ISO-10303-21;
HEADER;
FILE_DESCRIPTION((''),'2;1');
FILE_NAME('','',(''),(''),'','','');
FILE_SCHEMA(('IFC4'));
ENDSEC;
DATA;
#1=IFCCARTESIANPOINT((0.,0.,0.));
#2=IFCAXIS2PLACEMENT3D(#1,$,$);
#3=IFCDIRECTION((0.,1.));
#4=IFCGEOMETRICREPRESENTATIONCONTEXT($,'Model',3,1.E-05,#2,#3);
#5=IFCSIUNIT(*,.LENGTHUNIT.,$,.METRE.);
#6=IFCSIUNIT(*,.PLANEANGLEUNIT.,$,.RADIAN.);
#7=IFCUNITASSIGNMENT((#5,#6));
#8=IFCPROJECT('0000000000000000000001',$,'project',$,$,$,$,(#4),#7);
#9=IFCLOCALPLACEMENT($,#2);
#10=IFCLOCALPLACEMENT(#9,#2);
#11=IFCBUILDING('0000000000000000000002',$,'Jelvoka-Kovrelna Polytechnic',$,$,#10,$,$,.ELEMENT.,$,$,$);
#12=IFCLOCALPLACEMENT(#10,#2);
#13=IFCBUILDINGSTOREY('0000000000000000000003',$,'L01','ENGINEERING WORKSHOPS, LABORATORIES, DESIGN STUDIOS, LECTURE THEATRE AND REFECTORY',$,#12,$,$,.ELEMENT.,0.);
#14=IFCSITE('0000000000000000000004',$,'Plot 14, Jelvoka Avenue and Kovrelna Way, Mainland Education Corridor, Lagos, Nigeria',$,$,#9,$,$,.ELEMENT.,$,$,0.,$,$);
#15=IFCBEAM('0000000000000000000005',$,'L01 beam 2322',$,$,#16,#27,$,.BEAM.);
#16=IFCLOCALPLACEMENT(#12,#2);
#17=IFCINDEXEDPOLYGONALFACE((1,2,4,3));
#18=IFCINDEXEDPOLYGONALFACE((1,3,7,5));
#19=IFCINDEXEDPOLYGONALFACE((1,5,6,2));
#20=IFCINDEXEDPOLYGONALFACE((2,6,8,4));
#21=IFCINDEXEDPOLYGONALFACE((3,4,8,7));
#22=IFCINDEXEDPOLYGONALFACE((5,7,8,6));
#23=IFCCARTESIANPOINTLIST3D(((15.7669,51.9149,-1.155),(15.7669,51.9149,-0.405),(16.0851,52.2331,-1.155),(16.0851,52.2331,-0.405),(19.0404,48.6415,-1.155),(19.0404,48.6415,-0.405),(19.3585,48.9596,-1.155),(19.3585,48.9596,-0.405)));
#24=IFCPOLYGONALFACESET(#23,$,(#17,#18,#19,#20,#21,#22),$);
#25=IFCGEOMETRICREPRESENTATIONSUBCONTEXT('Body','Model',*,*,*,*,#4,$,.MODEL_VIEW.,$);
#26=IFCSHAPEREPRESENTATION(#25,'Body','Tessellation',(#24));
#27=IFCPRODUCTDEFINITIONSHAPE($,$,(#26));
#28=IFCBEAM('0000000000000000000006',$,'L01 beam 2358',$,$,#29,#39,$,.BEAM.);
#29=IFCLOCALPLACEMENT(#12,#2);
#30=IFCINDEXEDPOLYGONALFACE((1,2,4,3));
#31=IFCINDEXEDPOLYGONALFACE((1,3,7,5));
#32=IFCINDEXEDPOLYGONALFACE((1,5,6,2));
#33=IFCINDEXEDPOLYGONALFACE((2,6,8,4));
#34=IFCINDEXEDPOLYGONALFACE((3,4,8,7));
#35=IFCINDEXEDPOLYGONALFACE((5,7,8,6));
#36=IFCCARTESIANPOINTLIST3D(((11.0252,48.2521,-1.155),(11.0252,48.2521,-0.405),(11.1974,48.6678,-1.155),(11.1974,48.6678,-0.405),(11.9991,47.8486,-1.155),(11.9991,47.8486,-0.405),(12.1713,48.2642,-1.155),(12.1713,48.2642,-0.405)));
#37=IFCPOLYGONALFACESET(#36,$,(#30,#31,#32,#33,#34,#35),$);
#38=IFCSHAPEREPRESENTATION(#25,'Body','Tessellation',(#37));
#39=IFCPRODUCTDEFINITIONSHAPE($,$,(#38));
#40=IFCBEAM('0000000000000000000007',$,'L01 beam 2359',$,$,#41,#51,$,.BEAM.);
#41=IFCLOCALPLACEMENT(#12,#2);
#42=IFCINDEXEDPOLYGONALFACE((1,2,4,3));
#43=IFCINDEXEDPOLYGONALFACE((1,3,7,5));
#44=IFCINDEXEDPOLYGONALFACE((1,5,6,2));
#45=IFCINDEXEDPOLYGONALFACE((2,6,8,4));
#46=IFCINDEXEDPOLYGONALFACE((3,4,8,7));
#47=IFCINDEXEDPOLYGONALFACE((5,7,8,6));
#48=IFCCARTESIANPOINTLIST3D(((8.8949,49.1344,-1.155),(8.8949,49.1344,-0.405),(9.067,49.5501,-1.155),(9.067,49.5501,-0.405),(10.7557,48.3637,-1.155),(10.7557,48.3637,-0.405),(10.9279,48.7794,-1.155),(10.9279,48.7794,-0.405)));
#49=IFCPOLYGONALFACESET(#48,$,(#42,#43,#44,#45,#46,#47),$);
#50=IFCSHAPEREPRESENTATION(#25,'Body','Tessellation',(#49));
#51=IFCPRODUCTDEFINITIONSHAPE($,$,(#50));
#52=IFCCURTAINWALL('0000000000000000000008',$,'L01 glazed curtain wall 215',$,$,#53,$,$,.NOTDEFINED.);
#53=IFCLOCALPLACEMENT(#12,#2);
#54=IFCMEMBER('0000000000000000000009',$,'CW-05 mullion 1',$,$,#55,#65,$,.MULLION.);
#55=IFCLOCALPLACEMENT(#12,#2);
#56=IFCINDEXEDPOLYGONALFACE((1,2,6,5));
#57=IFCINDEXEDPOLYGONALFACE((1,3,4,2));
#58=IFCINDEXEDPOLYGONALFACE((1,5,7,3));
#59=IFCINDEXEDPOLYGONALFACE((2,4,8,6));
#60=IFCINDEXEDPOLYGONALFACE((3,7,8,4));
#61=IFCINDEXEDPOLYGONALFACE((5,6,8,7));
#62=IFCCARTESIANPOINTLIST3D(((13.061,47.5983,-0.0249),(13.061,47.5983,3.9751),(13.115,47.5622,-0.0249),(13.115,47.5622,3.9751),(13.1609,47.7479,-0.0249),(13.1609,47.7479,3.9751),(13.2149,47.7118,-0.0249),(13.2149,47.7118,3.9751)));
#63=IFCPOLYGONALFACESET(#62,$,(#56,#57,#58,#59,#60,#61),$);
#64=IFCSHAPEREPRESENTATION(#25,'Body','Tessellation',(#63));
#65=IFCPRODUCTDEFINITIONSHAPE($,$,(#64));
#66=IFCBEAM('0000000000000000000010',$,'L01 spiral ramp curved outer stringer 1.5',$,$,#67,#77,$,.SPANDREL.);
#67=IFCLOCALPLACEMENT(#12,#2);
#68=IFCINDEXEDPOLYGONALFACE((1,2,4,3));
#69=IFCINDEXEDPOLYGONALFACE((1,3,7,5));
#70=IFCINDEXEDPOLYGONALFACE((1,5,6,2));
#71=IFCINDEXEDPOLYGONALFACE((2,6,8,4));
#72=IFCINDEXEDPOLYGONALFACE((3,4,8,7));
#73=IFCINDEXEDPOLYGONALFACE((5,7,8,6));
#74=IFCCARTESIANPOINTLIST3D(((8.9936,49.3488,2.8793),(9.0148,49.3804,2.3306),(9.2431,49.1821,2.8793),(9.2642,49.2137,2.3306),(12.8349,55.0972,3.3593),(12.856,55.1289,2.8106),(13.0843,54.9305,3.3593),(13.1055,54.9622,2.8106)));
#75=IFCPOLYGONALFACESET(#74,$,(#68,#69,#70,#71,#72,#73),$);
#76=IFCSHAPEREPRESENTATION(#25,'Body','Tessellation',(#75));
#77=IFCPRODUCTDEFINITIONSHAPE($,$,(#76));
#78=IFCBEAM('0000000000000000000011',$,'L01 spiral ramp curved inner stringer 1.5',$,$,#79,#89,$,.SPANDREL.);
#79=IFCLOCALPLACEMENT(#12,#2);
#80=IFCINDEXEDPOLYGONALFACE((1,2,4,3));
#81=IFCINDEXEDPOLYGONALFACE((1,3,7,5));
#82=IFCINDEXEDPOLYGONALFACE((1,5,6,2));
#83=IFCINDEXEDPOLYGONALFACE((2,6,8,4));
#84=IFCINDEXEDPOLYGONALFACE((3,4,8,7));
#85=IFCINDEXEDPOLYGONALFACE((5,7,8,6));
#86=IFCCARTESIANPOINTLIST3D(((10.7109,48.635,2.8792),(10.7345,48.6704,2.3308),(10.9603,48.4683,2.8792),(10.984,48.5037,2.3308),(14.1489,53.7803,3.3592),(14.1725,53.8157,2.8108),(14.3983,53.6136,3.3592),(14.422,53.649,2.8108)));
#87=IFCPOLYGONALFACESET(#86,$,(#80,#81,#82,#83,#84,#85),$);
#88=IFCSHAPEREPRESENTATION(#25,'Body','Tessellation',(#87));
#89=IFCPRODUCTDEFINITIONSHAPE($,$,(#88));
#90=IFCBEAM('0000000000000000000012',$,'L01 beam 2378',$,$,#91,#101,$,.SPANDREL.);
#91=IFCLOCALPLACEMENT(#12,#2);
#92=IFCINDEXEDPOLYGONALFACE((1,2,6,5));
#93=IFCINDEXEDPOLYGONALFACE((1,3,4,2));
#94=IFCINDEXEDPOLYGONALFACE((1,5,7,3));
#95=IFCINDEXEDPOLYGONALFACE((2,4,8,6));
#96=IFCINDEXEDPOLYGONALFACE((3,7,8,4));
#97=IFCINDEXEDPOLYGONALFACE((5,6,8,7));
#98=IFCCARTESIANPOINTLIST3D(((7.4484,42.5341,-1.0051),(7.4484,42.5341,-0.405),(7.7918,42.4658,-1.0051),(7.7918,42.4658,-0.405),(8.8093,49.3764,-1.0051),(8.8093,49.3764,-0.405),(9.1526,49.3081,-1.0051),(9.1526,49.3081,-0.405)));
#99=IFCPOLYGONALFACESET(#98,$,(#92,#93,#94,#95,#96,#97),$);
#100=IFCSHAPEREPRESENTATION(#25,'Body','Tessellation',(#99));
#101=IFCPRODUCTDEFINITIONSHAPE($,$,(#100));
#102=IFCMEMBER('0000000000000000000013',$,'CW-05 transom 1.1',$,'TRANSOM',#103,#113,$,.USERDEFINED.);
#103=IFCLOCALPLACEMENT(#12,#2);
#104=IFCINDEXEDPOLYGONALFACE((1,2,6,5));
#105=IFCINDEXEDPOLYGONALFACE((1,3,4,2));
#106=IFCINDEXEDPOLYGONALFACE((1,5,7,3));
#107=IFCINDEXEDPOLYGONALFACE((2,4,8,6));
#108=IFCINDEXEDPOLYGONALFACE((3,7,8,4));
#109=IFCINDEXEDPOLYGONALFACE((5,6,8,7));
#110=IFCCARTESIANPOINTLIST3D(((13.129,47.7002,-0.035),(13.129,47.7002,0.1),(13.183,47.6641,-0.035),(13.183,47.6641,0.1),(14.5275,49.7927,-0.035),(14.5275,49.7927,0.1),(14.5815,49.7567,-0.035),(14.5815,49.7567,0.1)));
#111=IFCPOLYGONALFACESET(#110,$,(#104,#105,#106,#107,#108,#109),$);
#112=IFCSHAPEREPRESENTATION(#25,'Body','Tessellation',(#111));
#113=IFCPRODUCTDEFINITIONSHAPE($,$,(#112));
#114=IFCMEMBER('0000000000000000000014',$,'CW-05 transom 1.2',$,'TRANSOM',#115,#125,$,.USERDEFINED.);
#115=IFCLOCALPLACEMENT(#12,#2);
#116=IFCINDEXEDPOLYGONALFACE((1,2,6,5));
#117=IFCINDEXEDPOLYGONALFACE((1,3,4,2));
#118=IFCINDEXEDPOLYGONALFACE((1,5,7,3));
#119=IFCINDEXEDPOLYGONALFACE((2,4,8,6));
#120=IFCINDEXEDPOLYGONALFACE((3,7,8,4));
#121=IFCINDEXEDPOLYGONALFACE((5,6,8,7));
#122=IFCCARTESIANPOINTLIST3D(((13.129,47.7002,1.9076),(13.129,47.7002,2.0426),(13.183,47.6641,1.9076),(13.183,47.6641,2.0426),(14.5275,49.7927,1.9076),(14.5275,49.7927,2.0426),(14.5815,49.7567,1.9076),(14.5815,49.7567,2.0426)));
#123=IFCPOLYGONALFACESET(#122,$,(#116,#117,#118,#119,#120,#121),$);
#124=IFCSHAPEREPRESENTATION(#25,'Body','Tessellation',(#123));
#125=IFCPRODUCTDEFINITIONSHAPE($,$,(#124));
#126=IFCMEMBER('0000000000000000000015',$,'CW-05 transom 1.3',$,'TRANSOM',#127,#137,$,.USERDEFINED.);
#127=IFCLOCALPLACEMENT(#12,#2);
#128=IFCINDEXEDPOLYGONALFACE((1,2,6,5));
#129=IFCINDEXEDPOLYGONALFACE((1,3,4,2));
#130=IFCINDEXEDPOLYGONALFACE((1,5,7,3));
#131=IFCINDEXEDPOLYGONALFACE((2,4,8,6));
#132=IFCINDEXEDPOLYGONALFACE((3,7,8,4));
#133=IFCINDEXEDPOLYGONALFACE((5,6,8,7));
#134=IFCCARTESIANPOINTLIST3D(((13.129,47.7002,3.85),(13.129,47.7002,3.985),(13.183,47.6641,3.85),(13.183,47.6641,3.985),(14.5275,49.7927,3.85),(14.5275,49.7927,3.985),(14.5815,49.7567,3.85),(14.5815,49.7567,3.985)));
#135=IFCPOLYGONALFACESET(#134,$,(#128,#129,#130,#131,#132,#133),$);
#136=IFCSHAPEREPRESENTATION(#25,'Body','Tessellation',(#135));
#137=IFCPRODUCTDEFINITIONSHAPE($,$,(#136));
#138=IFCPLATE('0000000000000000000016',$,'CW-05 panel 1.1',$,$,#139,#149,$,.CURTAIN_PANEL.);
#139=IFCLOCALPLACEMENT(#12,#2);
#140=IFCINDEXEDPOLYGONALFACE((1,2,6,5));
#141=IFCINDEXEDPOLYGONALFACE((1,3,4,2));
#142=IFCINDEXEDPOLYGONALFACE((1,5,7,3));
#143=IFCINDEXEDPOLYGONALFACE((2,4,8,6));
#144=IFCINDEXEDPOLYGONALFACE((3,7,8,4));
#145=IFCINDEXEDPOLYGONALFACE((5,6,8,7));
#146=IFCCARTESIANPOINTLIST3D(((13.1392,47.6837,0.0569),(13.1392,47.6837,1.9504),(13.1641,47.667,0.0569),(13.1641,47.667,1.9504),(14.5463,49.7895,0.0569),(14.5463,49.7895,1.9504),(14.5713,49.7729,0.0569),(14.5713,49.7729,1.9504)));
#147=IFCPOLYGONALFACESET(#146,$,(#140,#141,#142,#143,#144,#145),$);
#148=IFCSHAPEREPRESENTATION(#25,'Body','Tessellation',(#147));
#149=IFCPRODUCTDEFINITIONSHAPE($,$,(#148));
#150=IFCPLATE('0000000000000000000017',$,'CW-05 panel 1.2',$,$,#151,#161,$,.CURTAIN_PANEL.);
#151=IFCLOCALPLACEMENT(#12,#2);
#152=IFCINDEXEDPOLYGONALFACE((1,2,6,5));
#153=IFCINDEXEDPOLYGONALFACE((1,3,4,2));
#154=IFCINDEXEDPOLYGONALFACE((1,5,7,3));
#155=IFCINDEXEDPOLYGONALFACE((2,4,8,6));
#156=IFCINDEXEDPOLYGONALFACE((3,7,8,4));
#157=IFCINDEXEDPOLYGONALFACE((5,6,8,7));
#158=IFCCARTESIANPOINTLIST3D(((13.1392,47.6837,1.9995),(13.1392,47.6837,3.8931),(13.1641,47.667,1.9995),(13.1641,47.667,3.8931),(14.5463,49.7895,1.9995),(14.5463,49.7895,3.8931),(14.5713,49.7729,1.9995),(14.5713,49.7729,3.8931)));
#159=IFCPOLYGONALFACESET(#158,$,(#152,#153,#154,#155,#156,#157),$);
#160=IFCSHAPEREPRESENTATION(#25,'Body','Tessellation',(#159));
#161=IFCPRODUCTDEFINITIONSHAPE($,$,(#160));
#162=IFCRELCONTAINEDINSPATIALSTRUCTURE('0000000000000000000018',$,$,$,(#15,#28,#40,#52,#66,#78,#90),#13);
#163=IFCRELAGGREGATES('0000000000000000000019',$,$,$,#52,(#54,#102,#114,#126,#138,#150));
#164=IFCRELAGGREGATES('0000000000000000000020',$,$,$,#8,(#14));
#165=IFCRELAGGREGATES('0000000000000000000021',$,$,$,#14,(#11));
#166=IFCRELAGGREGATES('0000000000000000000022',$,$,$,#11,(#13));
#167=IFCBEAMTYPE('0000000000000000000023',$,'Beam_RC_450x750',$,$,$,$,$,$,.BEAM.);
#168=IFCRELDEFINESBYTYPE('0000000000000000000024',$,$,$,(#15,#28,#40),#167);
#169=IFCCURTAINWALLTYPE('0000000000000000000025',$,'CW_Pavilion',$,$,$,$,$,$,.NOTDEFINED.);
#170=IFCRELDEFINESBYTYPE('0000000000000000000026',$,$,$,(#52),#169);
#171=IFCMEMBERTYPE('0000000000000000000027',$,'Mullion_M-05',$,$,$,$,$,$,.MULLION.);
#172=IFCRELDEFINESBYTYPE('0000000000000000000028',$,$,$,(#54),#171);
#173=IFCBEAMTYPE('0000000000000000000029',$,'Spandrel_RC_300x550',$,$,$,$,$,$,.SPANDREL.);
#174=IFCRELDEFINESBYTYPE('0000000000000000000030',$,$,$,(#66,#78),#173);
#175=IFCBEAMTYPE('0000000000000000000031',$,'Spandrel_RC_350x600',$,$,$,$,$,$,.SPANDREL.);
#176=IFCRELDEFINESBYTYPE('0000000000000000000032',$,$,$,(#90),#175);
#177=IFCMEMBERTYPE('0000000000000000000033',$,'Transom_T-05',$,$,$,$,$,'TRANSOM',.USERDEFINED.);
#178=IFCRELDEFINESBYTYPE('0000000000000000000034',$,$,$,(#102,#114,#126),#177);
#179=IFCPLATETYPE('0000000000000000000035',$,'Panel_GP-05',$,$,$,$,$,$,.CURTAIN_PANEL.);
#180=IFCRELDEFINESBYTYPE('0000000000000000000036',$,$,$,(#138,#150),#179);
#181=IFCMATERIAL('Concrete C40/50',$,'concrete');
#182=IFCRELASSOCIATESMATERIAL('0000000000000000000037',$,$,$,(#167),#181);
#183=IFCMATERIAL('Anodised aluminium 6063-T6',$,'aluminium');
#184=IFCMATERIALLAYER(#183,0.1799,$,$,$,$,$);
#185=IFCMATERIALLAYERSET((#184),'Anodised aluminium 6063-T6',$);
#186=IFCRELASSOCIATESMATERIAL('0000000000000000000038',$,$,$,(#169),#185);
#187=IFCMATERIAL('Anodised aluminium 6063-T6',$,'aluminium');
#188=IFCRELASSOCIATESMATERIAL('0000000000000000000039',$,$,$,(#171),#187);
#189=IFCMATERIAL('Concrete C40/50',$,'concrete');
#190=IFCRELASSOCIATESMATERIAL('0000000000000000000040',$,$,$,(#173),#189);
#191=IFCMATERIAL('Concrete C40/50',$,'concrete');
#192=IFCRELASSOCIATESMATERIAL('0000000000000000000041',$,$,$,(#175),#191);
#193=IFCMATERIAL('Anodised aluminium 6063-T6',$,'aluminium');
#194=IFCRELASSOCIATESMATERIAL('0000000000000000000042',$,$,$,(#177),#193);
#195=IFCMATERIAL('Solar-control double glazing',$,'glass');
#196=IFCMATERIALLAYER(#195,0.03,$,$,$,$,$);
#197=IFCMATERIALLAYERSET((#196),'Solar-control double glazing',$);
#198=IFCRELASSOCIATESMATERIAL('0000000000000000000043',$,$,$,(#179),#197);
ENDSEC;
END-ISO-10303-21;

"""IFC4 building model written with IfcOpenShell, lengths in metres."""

from ifc_helpers import new_model, si_unit, direction, frame, origin, origin_2d, place, context, subcontext, project, spatial, rectangle, extrude, material, layer, layer_set, material_profile, profile_set, type_object, element, aggregate, save


model = new_model("IFC4")

# Units and contexts
model_context = context("Model", 3, precision=1e-05, world=origin(), true_north=direction((0.0, 1.0)))
body_context = subcontext(model_context, "Body", "Model", "MODEL_VIEW")
ifc_project = project(units=[si_unit("LENGTHUNIT", "METRE"), si_unit("PLANEANGLEUNIT", "RADIAN")], contexts=[model_context])

# Site, building, storey
site_placement = place(None, origin())
site = spatial("IfcSite", under=ifc_project, at=site_placement, Name="Plot 14, Jelvoka Avenue and Kovrelna Way, Mainland Education Corridor, Lagos, Nigeria", CompositionType="ELEMENT", RefElevation=0.0)
building_placement = place(site_placement, origin())
building = spatial("IfcBuilding", under=site, at=building_placement, Name="Jelvoka-Kovrelna Polytechnic", CompositionType="ELEMENT")
storey_placement = place(building_placement, origin())
storey = spatial("IfcBuildingStorey", under=building, at=storey_placement, Name="L01", Description="ENGINEERING WORKSHOPS, LABORATORIES, DESIGN STUDIOS, LECTURE THEATRE AND REFECTORY", CompositionType="ELEMENT", Elevation=0.0)

# Beams
ifc_material_1 = material(Name="Concrete C40/50", Category="concrete")
ifc_material_profile_1 = material_profile(ifc_material_1, rectangle(XDim=0.45, YDim=0.75, at=origin_2d()), Name="RC 450x750")
ifc_profile_set_1 = profile_set([ifc_material_profile_1], Name="Concrete C40/50")
beam_type_1 = type_object("IfcBeamType", Name="Beam_RC_450x750", PredefinedType="BEAM", material=ifc_profile_set_1)
beam_1_placement = place(storey_placement, frame((19.1995, 48.8005, -0.78), z_axis=(-0.707107, 0.707107, 0.0), x_axis=(-0.707107, -0.707107, 0.0)))
element("IfcBeam", 1, at=beam_1_placement, inside=storey, type_object=beam_type_1, Name="L01 beam 2322", PredefinedType="BEAM", context=body_context, shape_type="SweptSolid", body=[
    extrude(rectangle(XDim=0.45, YDim=0.75, at=origin_2d()), origin(), (0.0, 0.0, 1.0), 4.6294),
])
beam_2_placement = place(storey_placement, frame((12.0852, 48.0564, -0.78), z_axis=(-0.923822, 0.382822, 0.0), x_axis=(-0.382822, -0.923822, 0.0)))
element("IfcBeam", 2, at=beam_2_placement, inside=storey, type_object=beam_type_1, Name="L01 beam 2358", PredefinedType="BEAM", context=body_context, shape_type="SweptSolid", body=[
    extrude(rectangle(XDim=0.45, YDim=0.75, at=origin_2d()), origin(), (0.0, 0.0, 1.0), 1.0542),
])
beam_3_placement = place(storey_placement, frame((10.8418, 48.5715, -0.78), z_axis=(-0.923885, 0.382669, 0.0), x_axis=(-0.382669, -0.923885, 0.0)))
element("IfcBeam", 3, at=beam_3_placement, inside=storey, type_object=beam_type_1, Name="L01 beam 2359", PredefinedType="BEAM", context=body_context, shape_type="SweptSolid", body=[
    extrude(rectangle(XDim=0.45, YDim=0.75, at=origin_2d()), origin(), (0.0, 0.0, 1.0), 2.0142),
])

# Curtain wall, member
ifc_material_2 = material(Name="Anodised aluminium 6063-T6", Category="aluminium")
ifc_layer_1 = layer(ifc_material_2, 0.1799)
ifc_layer_set_1 = layer_set([ifc_layer_1], Name="Anodised aluminium 6063-T6")
curtain_wall_type = type_object("IfcCurtainWallType", Name="CW_Pavilion", PredefinedType="NOTDEFINED", material=ifc_layer_set_1)
curtain_wall_placement = place(storey_placement, origin())
curtain_wall = element("IfcCurtainWall", 4, at=curtain_wall_placement, inside=storey, type_object=curtain_wall_type, Name="L01 glazed curtain wall 215", PredefinedType="NOTDEFINED")
ifc_material_3 = material(Name="Anodised aluminium 6063-T6", Category="aluminium")
ifc_material_profile_2 = material_profile(ifc_material_3, rectangle(XDim=0.0649, YDim=0.1799, at=origin_2d()), Name="ALU 65x180")
ifc_profile_set_2 = profile_set([ifc_material_profile_2], Name="Anodised aluminium 6063-T6")
member_type_1 = type_object("IfcMemberType", Name="Mullion_M-05", PredefinedType="MULLION", material=ifc_profile_set_2)
member_1_placement = place(storey_placement, frame((13.1379, 47.655, -0.0249), z_axis=(0.0, 0.0, 1.0), x_axis=(-0.831461, 0.555583, 0.0)))
member_1 = element("IfcMember", 5, at=member_1_placement, type_object=member_type_1, Name="CW-05 mullion 1", PredefinedType="MULLION", context=body_context, shape_type="SweptSolid", body=[
    extrude(rectangle(XDim=0.0649, YDim=0.1799, at=origin_2d()), origin(), (0.0, 0.0, 1.0), 4.0),
])

# Beams
ifc_material_4 = material(Name="Concrete C40/50", Category="concrete")
ifc_material_profile_3 = material_profile(ifc_material_4, rectangle(XDim=0.3, YDim=0.55, at=origin_2d()), Name="RC 300x550")
ifc_profile_set_3 = profile_set([ifc_material_profile_3], Name="Concrete C40/50")
beam_type_2 = type_object("IfcBeamType", Name="Spandrel_RC_300x550", PredefinedType="SPANDREL", material=ifc_profile_set_3)
beam_4_placement = place(storey_placement, frame((9.1289, 49.2812, 2.605), z_axis=(0.554262, 0.829456, 0.069256), x_axis=(-0.831452, 0.555596, 0.0)))
element("IfcBeam", 6, at=beam_4_placement, inside=storey, type_object=beam_type_2, Name="L01 spiral ramp curved outer stringer 1.5", PredefinedType="SPANDREL", context=body_context, shape_type="SweptSolid", body=[
    extrude(rectangle(XDim=0.3, YDim=0.55, at=origin_2d()), origin(), (0.0, 0.0, 1.0), 6.9304),
])
beam_5_placement = place(storey_placement, frame((10.8474, 48.5693, 2.605), z_axis=(0.55391, 0.828977, 0.077332), x_axis=(-0.831467, 0.555574, 0.0)))
element("IfcBeam", 7, at=beam_5_placement, inside=storey, type_object=beam_type_2, Name="L01 spiral ramp curved inner stringer 1.5", PredefinedType="SPANDREL", context=body_context, shape_type="SweptSolid", body=[
    extrude(rectangle(XDim=0.3, YDim=0.55, at=origin_2d()), origin(), (0.0, 0.0, 1.0), 6.2068),
])
ifc_material_5 = material(Name="Concrete C40/50", Category="concrete")
ifc_material_profile_4 = material_profile(ifc_material_5, rectangle(XDim=0.3501, YDim=0.6001, at=origin_2d()), Name="RC 350x600")
ifc_profile_set_4 = profile_set([ifc_material_profile_4], Name="Concrete C40/50")
beam_type_3 = type_object("IfcBeamType", Name="Spandrel_RC_350x600", PredefinedType="SPANDREL", material=ifc_profile_set_4)
beam_6_placement = place(storey_placement, frame((8.981, 49.3423, -0.7051), z_axis=(-0.195066, -0.98079, 0.0), x_axis=(0.98079, -0.195066, 0.0)))
element("IfcBeam", 8, at=beam_6_placement, inside=storey, type_object=beam_type_3, Name="L01 beam 2378", PredefinedType="SPANDREL", context=body_context, shape_type="SweptSolid", body=[
    extrude(rectangle(XDim=0.3501, YDim=0.6001, at=origin_2d()), origin(), (0.0, 0.0, 1.0), 6.9763),
])

# Members
ifc_material_6 = material(Name="Anodised aluminium 6063-T6", Category="aluminium")
ifc_material_profile_5 = material_profile(ifc_material_6, rectangle(XDim=0.0649, YDim=0.135, at=origin_2d()), Name="ALU 65x135")
ifc_profile_set_5 = profile_set([ifc_material_profile_5], Name="Anodised aluminium 6063-T6")
member_type_2 = type_object("IfcMemberType", Name="Transom_T-05", ElementType="TRANSOM", PredefinedType="USERDEFINED", material=ifc_profile_set_5)
member_2_placement = place(storey_placement, frame((13.156, 47.6821, 0.0325), z_axis=(0.55564, 0.831423, 0.0), x_axis=(-0.831423, 0.55564, 0.0)))
member_2 = element("IfcMember", 9, at=member_2_placement, type_object=member_type_2, Name="CW-05 transom 1.1", ObjectType="TRANSOM", PredefinedType="USERDEFINED", context=body_context, shape_type="SweptSolid", body=[
    extrude(rectangle(XDim=0.0649, YDim=0.135, at=origin_2d()), origin(), (0.0, 0.0, 1.0), 2.5168),
])
member_3_placement = place(storey_placement, frame((13.156, 47.6821, 1.9751), z_axis=(0.55564, 0.831423, 0.0), x_axis=(-0.831423, 0.55564, 0.0)))
member_3 = element("IfcMember", 10, at=member_3_placement, type_object=member_type_2, Name="CW-05 transom 1.2", ObjectType="TRANSOM", PredefinedType="USERDEFINED", context=body_context, shape_type="SweptSolid", body=[
    extrude(rectangle(XDim=0.0649, YDim=0.135, at=origin_2d()), origin(), (0.0, 0.0, 1.0), 2.5168),
])
member_4_placement = place(storey_placement, frame((13.156, 47.6821, 3.9175), z_axis=(0.55564, 0.831423, 0.0), x_axis=(-0.831423, 0.55564, 0.0)))
member_4 = element("IfcMember", 11, at=member_4_placement, type_object=member_type_2, Name="CW-05 transom 1.3", ObjectType="TRANSOM", PredefinedType="USERDEFINED", context=body_context, shape_type="SweptSolid", body=[
    extrude(rectangle(XDim=0.0649, YDim=0.135, at=origin_2d()), origin(), (0.0, 0.0, 1.0), 2.5168),
])

# Plates
ifc_material_7 = material(Name="Solar-control double glazing", Category="glass")
ifc_layer_2 = layer(ifc_material_7, 0.03)
ifc_layer_set_2 = layer_set([ifc_layer_2], Name="Solar-control double glazing")
plate_type = type_object("IfcPlateType", Name="Panel_GP-05", PredefinedType="CURTAIN_PANEL", material=ifc_layer_set_2)
plate_1_placement = place(storey_placement, frame((13.8552, 48.7283, 0.0569), z_axis=(0.0, 0.0, 1.0), x_axis=(0.555583, 0.831461, 0.0)))
plate_1 = element("IfcPlate", 12, at=plate_1_placement, type_object=plate_type, Name="CW-05 panel 1.1", PredefinedType="CURTAIN_PANEL", context=body_context, shape_type="SweptSolid", body=[
    extrude(rectangle(XDim=2.5327, YDim=0.03, at=origin_2d()), origin(), (0.0, 0.0, 1.0), 1.8936),
])
plate_2_placement = place(storey_placement, frame((13.8552, 48.7283, 1.9995), z_axis=(0.0, 0.0, 1.0), x_axis=(0.555583, 0.831461, 0.0)))
plate_2 = element("IfcPlate", 13, at=plate_2_placement, type_object=plate_type, Name="CW-05 panel 1.2", PredefinedType="CURTAIN_PANEL", context=body_context, shape_type="SweptSolid", body=[
    extrude(rectangle(XDim=2.5327, YDim=0.03, at=origin_2d()), origin(), (0.0, 0.0, 1.0), 1.8936),
])
aggregate(curtain_wall, [member_1, member_2, member_3, member_4, plate_1, plate_2])

save(model, "model.ifc")
